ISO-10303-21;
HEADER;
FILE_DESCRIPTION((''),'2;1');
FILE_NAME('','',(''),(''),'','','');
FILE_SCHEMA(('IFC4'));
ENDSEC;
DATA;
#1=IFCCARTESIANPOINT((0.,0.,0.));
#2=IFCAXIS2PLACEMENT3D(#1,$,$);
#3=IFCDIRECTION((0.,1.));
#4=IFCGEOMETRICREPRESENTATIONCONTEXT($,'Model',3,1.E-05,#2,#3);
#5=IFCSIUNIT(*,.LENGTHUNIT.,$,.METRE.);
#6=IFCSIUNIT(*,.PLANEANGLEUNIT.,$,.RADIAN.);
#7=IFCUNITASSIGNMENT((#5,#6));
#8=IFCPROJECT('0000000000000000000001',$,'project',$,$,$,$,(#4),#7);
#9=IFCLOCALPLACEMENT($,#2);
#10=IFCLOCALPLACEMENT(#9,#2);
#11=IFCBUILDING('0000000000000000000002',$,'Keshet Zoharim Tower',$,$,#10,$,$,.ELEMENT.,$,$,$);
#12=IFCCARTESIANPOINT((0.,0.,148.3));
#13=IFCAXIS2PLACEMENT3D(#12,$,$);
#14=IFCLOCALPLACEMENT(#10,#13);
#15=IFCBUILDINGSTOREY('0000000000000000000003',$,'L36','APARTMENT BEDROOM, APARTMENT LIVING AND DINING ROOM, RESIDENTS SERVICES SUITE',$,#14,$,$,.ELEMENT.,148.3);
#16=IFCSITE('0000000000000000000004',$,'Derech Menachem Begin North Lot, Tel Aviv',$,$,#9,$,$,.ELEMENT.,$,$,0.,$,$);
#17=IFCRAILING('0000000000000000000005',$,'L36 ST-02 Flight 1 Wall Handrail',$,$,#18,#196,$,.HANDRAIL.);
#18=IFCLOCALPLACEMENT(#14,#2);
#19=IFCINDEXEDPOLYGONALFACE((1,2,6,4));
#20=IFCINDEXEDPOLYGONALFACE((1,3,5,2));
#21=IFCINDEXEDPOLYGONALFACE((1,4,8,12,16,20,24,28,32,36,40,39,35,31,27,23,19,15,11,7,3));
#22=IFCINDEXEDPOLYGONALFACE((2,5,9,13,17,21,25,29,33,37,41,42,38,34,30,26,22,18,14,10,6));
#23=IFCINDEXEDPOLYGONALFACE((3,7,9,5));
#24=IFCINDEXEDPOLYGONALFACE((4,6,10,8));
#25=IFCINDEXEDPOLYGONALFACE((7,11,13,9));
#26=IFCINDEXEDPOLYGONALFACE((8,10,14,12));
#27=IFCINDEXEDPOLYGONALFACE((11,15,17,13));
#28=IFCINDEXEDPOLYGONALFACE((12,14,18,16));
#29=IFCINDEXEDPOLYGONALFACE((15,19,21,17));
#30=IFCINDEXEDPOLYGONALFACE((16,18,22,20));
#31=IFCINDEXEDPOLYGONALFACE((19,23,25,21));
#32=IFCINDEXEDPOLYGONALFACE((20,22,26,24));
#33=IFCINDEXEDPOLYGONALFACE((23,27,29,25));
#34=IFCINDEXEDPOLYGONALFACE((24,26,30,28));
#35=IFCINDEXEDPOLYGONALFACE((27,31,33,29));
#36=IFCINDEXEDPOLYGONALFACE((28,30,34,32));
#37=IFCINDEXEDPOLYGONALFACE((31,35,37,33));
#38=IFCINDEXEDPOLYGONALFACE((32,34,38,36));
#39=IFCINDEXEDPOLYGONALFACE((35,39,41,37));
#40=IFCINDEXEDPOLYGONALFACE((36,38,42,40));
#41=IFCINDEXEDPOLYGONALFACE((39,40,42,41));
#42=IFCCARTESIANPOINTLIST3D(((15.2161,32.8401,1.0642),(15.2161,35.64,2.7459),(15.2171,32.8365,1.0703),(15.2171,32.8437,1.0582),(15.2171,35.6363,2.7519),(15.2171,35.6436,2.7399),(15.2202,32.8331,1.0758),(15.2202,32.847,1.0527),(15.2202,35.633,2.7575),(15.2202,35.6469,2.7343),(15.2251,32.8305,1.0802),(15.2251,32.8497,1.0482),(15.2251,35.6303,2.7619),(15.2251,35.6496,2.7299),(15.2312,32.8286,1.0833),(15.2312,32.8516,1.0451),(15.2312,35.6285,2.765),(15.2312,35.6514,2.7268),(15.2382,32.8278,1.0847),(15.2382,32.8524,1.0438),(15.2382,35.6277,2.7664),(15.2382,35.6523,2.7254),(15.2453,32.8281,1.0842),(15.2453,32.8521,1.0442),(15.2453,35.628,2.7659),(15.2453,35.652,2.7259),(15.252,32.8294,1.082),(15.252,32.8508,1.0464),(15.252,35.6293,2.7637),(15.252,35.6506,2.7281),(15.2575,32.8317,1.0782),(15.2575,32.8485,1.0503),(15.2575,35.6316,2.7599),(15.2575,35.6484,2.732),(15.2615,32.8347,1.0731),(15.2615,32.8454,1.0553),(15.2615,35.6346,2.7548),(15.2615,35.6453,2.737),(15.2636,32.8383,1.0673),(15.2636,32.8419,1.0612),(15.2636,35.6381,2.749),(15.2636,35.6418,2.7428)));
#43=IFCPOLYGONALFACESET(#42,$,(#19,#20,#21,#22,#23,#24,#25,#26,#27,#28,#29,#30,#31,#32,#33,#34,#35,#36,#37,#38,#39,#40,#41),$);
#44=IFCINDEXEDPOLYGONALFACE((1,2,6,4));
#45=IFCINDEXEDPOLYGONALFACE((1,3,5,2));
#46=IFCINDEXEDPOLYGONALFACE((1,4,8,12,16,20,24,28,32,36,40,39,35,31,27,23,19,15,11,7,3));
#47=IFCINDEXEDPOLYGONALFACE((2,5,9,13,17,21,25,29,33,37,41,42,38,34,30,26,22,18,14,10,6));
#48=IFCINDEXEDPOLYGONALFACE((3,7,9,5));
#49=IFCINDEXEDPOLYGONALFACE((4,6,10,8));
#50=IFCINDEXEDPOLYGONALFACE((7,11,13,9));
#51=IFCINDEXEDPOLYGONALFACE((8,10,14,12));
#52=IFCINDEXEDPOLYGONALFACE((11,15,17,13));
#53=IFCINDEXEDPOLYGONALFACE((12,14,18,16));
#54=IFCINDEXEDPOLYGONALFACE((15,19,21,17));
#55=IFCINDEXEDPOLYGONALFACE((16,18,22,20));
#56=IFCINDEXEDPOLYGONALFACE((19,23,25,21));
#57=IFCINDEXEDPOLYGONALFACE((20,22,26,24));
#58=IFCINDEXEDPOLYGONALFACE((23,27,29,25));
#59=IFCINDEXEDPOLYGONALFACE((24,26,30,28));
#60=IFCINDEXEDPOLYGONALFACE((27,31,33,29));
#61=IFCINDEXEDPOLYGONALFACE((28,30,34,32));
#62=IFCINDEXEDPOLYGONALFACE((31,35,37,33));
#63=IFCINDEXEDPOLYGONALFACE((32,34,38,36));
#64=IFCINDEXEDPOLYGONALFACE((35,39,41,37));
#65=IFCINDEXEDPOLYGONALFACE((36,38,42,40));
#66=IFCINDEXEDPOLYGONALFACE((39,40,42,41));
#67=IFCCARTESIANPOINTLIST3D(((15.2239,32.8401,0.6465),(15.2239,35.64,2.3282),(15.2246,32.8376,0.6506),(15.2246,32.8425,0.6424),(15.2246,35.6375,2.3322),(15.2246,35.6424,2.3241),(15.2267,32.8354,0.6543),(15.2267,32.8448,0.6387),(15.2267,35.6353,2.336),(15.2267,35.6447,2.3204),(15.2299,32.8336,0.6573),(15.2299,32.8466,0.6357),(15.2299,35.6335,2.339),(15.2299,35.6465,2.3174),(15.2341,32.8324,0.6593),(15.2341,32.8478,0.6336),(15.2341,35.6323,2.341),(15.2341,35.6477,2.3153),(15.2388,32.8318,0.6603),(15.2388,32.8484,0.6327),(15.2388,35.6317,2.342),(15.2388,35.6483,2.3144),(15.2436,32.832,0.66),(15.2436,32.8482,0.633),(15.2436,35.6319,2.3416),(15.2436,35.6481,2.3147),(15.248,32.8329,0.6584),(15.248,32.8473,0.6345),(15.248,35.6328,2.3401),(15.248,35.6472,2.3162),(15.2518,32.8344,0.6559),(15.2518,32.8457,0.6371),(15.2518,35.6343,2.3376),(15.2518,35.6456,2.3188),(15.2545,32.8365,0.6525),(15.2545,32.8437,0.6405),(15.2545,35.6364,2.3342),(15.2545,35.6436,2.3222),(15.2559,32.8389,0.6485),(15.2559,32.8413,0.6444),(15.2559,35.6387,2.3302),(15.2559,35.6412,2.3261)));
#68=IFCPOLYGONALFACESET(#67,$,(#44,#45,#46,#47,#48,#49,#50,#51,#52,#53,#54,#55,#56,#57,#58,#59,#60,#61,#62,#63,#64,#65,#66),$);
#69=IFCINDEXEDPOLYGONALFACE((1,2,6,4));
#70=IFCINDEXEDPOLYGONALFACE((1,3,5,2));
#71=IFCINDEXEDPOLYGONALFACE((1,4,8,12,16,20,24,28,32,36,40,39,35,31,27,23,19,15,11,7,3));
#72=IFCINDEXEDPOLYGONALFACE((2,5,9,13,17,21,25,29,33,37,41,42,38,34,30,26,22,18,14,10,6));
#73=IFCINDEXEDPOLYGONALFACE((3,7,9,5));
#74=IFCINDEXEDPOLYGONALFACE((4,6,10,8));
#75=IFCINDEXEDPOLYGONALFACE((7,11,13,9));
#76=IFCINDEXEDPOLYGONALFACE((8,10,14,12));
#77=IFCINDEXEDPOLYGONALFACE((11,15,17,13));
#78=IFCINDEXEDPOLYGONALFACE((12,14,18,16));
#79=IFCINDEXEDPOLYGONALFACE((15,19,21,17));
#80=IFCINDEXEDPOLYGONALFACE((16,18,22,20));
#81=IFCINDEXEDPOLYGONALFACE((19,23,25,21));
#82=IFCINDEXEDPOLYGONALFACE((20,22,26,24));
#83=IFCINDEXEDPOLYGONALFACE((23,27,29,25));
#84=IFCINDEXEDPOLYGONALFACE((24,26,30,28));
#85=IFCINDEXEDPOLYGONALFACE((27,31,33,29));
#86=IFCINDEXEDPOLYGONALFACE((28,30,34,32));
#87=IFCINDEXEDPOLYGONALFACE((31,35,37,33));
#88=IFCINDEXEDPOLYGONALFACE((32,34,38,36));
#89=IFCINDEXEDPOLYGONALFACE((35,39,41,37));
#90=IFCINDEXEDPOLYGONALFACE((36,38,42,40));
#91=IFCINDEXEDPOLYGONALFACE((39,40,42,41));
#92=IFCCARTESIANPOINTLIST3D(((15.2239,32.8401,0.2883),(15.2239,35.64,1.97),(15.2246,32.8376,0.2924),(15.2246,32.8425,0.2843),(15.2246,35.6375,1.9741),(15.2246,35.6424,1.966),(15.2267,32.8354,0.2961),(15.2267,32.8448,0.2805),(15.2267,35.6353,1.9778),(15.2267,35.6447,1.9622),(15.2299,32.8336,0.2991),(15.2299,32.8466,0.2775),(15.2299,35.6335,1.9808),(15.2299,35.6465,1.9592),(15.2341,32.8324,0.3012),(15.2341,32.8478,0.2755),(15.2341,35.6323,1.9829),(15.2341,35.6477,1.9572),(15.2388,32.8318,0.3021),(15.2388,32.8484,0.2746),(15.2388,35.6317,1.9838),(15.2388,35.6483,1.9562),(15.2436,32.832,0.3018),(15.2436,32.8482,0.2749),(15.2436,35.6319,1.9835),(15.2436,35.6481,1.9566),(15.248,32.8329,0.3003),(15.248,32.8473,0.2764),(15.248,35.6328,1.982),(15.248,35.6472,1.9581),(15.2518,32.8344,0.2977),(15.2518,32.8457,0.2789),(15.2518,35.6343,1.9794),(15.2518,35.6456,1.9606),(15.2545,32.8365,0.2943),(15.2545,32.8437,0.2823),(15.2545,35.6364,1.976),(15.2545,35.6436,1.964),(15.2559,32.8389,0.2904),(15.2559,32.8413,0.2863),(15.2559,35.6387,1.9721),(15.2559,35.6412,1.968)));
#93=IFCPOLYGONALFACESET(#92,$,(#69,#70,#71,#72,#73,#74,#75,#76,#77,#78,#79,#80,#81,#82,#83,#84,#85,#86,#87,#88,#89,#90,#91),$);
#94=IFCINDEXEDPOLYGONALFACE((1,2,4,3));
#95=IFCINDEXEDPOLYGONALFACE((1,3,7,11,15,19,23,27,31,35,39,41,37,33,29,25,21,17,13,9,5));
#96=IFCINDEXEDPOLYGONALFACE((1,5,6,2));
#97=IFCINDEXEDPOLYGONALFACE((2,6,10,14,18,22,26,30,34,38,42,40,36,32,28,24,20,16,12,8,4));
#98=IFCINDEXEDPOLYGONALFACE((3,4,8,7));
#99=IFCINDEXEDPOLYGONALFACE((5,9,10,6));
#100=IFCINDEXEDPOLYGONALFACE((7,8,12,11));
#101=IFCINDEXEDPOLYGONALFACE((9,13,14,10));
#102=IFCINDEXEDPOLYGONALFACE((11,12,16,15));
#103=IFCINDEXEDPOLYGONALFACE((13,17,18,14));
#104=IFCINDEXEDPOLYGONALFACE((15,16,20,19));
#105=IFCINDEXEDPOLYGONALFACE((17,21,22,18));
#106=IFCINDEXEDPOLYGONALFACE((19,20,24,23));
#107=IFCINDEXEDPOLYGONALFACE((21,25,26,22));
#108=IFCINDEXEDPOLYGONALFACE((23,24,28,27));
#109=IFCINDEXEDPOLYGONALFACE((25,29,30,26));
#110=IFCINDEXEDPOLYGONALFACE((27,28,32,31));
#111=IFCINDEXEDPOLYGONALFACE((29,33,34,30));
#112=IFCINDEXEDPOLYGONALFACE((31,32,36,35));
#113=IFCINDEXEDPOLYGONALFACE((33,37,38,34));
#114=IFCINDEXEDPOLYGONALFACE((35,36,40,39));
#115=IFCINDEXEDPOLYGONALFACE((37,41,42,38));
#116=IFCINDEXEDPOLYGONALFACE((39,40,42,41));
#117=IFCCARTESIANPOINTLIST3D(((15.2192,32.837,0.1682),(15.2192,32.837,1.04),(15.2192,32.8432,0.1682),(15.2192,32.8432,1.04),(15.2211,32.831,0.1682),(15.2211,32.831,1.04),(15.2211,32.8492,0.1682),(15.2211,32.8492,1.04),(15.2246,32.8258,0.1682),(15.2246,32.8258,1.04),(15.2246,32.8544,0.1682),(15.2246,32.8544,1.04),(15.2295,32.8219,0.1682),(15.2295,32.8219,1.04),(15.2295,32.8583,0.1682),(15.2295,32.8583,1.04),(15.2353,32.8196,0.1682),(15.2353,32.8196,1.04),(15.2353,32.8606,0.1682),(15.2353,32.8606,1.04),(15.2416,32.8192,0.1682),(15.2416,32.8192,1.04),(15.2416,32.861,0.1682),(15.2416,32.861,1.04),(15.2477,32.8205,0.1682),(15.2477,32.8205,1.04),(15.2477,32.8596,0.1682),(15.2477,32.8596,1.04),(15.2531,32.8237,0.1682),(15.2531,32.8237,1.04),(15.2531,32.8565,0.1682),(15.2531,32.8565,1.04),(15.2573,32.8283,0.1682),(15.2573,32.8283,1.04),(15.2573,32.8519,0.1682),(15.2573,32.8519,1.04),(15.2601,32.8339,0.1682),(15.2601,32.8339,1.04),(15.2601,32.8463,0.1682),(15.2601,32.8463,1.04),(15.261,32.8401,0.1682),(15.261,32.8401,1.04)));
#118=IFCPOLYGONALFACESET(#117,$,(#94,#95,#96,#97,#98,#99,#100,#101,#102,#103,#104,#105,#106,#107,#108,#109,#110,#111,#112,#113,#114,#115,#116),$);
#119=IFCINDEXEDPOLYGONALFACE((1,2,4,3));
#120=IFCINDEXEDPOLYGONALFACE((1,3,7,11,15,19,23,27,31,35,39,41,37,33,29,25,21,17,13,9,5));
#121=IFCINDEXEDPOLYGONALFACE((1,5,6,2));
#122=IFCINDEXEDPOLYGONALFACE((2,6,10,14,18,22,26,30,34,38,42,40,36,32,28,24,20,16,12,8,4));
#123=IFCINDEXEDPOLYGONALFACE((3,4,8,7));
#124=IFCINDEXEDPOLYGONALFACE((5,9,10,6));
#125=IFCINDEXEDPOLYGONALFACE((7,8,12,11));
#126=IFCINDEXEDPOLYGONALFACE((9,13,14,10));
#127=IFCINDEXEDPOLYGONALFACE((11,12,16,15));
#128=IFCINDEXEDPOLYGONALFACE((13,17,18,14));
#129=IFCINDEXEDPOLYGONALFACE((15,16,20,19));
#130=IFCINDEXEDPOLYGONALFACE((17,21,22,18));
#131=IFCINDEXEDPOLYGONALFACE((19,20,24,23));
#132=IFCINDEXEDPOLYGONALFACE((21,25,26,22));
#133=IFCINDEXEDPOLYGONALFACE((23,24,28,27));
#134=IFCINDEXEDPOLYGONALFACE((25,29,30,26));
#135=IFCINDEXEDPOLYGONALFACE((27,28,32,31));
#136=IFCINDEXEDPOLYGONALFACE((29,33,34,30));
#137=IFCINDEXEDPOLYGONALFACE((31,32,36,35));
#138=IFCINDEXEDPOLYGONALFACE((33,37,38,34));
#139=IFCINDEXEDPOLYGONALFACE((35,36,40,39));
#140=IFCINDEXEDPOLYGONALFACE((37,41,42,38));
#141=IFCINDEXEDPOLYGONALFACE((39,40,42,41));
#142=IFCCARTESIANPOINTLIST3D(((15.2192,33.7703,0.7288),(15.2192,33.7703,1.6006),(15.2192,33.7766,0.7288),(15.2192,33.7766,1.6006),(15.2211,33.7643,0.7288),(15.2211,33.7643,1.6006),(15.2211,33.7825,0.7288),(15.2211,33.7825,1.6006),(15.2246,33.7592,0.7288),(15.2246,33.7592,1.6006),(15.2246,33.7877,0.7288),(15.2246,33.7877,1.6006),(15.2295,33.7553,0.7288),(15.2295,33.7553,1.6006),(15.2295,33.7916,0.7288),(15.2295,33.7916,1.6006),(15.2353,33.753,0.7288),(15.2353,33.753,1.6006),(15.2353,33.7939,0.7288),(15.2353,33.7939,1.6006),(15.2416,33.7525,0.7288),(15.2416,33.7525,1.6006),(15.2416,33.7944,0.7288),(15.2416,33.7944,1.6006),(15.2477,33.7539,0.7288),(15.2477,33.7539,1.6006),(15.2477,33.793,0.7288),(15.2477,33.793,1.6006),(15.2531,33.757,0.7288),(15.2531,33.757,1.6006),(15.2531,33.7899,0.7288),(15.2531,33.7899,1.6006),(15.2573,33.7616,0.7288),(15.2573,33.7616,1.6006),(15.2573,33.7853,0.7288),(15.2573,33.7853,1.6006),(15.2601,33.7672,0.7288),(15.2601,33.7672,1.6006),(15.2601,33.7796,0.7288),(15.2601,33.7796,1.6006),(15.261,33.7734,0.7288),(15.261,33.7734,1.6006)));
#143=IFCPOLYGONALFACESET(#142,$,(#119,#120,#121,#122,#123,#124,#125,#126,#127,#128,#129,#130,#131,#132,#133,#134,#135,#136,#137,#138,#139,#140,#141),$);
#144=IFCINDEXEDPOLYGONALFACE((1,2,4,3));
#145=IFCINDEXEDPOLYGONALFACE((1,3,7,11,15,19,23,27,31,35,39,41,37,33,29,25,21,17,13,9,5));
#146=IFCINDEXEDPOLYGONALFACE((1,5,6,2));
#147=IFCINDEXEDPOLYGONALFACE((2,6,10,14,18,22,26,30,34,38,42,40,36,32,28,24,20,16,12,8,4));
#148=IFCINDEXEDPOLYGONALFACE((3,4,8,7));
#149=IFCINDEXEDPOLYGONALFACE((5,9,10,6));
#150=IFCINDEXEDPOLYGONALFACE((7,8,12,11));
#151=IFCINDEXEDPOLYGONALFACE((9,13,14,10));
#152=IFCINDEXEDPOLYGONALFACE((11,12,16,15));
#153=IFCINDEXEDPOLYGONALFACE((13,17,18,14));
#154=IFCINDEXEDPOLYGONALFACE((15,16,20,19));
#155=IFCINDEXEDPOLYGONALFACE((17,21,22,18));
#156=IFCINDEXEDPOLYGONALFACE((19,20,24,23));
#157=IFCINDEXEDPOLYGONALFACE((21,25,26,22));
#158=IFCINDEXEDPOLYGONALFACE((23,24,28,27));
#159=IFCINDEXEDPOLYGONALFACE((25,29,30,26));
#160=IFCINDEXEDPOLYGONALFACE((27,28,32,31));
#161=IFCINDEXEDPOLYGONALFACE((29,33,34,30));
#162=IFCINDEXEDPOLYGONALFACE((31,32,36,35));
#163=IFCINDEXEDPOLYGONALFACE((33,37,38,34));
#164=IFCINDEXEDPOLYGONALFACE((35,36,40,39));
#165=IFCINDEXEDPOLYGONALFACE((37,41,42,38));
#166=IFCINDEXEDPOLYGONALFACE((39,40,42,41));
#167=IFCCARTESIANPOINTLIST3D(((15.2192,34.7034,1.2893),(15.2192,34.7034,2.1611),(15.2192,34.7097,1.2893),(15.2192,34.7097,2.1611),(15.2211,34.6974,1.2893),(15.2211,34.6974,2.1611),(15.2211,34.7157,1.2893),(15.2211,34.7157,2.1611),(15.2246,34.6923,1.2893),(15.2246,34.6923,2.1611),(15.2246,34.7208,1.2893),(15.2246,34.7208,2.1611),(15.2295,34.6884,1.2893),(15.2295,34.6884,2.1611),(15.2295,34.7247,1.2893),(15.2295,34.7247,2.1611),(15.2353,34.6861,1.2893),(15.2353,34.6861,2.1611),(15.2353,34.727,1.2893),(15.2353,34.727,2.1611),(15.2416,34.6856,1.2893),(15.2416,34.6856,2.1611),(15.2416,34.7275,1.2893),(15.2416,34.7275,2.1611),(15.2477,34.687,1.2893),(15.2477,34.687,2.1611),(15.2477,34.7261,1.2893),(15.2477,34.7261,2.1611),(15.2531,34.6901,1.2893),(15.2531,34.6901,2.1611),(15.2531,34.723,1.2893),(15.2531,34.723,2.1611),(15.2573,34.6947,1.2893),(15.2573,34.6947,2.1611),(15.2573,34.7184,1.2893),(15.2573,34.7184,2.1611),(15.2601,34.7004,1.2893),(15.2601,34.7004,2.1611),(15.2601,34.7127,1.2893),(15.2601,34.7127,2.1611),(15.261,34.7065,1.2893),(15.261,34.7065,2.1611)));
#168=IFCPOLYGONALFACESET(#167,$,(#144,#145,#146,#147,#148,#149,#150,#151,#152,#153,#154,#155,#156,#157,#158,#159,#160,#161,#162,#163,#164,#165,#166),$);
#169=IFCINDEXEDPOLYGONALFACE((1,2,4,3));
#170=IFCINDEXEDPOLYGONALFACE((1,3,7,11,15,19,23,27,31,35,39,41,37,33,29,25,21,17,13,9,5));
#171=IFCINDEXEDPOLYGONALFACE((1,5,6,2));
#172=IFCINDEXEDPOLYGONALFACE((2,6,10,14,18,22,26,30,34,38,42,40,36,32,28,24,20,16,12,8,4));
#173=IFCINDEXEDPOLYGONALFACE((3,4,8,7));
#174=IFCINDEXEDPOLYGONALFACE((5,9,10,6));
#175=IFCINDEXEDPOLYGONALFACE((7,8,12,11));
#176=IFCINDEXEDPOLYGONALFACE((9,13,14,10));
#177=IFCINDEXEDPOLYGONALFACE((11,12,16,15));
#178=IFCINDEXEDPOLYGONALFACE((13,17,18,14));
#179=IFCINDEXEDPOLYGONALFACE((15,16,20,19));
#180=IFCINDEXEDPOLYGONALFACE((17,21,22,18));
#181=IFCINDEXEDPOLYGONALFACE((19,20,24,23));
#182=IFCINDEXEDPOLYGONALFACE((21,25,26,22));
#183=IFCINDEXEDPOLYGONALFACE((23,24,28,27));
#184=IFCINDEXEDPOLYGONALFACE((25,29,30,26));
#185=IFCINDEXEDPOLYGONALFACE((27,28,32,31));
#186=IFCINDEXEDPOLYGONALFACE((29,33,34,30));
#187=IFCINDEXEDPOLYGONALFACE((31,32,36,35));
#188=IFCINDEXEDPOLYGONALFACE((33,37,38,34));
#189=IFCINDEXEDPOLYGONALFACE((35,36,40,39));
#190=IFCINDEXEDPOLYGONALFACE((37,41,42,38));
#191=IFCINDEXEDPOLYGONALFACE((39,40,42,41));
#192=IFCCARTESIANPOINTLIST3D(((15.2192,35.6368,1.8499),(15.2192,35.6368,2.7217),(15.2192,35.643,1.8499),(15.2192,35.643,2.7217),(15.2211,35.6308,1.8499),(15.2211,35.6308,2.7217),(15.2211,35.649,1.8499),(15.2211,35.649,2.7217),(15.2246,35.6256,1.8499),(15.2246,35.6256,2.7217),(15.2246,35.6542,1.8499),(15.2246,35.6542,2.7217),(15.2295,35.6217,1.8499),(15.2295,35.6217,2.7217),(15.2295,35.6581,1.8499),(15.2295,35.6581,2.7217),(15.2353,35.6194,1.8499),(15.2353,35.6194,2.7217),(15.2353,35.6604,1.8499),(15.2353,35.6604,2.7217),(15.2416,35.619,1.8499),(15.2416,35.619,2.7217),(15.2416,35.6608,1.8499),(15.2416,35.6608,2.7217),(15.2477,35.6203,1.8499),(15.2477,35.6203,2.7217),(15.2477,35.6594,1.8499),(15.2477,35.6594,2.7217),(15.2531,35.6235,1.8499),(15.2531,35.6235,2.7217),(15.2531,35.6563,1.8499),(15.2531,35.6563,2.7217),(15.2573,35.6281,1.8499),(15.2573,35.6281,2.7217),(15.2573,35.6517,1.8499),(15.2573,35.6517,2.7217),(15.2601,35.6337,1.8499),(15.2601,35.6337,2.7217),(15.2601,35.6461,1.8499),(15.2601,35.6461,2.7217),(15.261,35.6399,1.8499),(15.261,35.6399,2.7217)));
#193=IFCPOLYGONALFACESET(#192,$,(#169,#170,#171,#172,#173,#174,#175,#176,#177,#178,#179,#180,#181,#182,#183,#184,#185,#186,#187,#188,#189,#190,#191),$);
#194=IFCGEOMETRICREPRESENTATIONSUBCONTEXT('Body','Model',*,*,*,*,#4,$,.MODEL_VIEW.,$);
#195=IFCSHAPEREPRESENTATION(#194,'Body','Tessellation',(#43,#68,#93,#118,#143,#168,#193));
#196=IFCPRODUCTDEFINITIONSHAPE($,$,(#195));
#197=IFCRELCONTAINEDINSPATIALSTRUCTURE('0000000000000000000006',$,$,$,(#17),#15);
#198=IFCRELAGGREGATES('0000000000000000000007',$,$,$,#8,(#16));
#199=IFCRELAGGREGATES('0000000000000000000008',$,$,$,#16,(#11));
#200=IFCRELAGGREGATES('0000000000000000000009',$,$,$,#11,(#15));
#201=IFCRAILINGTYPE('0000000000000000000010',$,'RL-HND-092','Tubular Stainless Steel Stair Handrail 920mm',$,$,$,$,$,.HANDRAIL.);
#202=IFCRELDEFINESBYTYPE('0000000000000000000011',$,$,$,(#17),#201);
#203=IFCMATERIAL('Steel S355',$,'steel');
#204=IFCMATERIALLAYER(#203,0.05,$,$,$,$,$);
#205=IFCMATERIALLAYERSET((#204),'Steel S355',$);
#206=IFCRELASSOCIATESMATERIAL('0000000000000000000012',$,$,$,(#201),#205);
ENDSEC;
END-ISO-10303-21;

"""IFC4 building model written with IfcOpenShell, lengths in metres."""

from ifc_helpers import new_model, si_unit, direction, frame, origin, origin_2d, place, context, subcontext, project, spatial, circle, extrude, material, layer, layer_set, type_object, element, save


model = new_model("IFC4")

# Units and contexts
model_context = context("Model", 3, precision=1e-05, world=origin(), true_north=direction((0.0, 1.0)))
body_context = subcontext(model_context, "Body", "Model", "MODEL_VIEW")
ifc_project = project(units=[si_unit("LENGTHUNIT", "METRE"), si_unit("PLANEANGLEUNIT", "RADIAN")], contexts=[model_context])

# Site, building, storey
site_placement = place(None, origin())
site = spatial("IfcSite", under=ifc_project, at=site_placement, Name="Derech Menachem Begin North Lot, Tel Aviv", CompositionType="ELEMENT", RefElevation=0.0)
building_placement = place(site_placement, origin())
building = spatial("IfcBuilding", under=site, at=building_placement, Name="Keshet Zoharim Tower", CompositionType="ELEMENT")
storey_placement = place(building_placement, frame((0.0, 0.0, 148.3)))
storey = spatial("IfcBuildingStorey", under=building, at=storey_placement, Name="L36", Description="APARTMENT BEDROOM, APARTMENT LIVING AND DINING ROOM, RESIDENTS SERVICES SUITE", CompositionType="ELEMENT", Elevation=148.3)

# Shared definitions
ifc_material_1 = material(Name="Steel S355", Category="steel")

# Railing
ifc_layer_1 = layer(ifc_material_1, 0.05)
ifc_layer_set_1 = layer_set([ifc_layer_1], Name="Steel S355")
railing_type_1 = type_object("IfcRailingType", Name="RL-HND-092", Description="Tubular Stainless Steel Stair Handrail 920mm", PredefinedType="HANDRAIL", material=ifc_layer_set_1)
railing_1_placement = place(storey_placement, frame((15.24, 32.8401, 0.1682)))
element("IfcRailing", 1, at=railing_1_placement, inside=storey, type_object=railing_type_1, Name="L36 ST-02 Flight 1 Wall Handrail", PredefinedType="HANDRAIL", context=body_context, shape_type="SweptSolid", body=[
    extrude(circle(Radius=0.0239, at=origin_2d()), frame((0.0, 0.0, 0.896), z_axis=(0.0, 0.857255, 0.514891), x_axis=(-1.0, 0.0, 0.0)), (0.0, 0.0, 1.0), 3.2661),
    extrude(circle(Radius=0.0161, at=origin_2d()), frame((0.0, 0.0, 0.4783), z_axis=(0.0, 0.857255, 0.514891), x_axis=(-1.0, 0.0, 0.0)), (0.0, 0.0, 1.0), 3.2661),
    extrude(circle(Radius=0.0161, at=origin_2d()), frame((0.0, 0.0, 0.1201), z_axis=(0.0, 0.857255, 0.514891), x_axis=(-1.0, 0.0, 0.0)), (0.0, 0.0, 1.0), 3.2661),
    extrude(circle(Radius=0.021, at=origin_2d()), origin(), (0.0, 0.0, 1.0), 0.8718),
    extrude(circle(Radius=0.021, at=origin_2d()), frame((0.0, 0.9333, 0.5605)), (0.0, 0.0, 1.0), 0.8718),
    extrude(circle(Radius=0.021, at=origin_2d()), frame((0.0, 1.8665, 1.1211)), (0.0, 0.0, 1.0), 0.8718),
    extrude(circle(Radius=0.021, at=origin_2d()), frame((0.0, 2.7998, 1.6816)), (0.0, 0.0, 1.0), 0.8718),
])

save(model, "model.ifc")
